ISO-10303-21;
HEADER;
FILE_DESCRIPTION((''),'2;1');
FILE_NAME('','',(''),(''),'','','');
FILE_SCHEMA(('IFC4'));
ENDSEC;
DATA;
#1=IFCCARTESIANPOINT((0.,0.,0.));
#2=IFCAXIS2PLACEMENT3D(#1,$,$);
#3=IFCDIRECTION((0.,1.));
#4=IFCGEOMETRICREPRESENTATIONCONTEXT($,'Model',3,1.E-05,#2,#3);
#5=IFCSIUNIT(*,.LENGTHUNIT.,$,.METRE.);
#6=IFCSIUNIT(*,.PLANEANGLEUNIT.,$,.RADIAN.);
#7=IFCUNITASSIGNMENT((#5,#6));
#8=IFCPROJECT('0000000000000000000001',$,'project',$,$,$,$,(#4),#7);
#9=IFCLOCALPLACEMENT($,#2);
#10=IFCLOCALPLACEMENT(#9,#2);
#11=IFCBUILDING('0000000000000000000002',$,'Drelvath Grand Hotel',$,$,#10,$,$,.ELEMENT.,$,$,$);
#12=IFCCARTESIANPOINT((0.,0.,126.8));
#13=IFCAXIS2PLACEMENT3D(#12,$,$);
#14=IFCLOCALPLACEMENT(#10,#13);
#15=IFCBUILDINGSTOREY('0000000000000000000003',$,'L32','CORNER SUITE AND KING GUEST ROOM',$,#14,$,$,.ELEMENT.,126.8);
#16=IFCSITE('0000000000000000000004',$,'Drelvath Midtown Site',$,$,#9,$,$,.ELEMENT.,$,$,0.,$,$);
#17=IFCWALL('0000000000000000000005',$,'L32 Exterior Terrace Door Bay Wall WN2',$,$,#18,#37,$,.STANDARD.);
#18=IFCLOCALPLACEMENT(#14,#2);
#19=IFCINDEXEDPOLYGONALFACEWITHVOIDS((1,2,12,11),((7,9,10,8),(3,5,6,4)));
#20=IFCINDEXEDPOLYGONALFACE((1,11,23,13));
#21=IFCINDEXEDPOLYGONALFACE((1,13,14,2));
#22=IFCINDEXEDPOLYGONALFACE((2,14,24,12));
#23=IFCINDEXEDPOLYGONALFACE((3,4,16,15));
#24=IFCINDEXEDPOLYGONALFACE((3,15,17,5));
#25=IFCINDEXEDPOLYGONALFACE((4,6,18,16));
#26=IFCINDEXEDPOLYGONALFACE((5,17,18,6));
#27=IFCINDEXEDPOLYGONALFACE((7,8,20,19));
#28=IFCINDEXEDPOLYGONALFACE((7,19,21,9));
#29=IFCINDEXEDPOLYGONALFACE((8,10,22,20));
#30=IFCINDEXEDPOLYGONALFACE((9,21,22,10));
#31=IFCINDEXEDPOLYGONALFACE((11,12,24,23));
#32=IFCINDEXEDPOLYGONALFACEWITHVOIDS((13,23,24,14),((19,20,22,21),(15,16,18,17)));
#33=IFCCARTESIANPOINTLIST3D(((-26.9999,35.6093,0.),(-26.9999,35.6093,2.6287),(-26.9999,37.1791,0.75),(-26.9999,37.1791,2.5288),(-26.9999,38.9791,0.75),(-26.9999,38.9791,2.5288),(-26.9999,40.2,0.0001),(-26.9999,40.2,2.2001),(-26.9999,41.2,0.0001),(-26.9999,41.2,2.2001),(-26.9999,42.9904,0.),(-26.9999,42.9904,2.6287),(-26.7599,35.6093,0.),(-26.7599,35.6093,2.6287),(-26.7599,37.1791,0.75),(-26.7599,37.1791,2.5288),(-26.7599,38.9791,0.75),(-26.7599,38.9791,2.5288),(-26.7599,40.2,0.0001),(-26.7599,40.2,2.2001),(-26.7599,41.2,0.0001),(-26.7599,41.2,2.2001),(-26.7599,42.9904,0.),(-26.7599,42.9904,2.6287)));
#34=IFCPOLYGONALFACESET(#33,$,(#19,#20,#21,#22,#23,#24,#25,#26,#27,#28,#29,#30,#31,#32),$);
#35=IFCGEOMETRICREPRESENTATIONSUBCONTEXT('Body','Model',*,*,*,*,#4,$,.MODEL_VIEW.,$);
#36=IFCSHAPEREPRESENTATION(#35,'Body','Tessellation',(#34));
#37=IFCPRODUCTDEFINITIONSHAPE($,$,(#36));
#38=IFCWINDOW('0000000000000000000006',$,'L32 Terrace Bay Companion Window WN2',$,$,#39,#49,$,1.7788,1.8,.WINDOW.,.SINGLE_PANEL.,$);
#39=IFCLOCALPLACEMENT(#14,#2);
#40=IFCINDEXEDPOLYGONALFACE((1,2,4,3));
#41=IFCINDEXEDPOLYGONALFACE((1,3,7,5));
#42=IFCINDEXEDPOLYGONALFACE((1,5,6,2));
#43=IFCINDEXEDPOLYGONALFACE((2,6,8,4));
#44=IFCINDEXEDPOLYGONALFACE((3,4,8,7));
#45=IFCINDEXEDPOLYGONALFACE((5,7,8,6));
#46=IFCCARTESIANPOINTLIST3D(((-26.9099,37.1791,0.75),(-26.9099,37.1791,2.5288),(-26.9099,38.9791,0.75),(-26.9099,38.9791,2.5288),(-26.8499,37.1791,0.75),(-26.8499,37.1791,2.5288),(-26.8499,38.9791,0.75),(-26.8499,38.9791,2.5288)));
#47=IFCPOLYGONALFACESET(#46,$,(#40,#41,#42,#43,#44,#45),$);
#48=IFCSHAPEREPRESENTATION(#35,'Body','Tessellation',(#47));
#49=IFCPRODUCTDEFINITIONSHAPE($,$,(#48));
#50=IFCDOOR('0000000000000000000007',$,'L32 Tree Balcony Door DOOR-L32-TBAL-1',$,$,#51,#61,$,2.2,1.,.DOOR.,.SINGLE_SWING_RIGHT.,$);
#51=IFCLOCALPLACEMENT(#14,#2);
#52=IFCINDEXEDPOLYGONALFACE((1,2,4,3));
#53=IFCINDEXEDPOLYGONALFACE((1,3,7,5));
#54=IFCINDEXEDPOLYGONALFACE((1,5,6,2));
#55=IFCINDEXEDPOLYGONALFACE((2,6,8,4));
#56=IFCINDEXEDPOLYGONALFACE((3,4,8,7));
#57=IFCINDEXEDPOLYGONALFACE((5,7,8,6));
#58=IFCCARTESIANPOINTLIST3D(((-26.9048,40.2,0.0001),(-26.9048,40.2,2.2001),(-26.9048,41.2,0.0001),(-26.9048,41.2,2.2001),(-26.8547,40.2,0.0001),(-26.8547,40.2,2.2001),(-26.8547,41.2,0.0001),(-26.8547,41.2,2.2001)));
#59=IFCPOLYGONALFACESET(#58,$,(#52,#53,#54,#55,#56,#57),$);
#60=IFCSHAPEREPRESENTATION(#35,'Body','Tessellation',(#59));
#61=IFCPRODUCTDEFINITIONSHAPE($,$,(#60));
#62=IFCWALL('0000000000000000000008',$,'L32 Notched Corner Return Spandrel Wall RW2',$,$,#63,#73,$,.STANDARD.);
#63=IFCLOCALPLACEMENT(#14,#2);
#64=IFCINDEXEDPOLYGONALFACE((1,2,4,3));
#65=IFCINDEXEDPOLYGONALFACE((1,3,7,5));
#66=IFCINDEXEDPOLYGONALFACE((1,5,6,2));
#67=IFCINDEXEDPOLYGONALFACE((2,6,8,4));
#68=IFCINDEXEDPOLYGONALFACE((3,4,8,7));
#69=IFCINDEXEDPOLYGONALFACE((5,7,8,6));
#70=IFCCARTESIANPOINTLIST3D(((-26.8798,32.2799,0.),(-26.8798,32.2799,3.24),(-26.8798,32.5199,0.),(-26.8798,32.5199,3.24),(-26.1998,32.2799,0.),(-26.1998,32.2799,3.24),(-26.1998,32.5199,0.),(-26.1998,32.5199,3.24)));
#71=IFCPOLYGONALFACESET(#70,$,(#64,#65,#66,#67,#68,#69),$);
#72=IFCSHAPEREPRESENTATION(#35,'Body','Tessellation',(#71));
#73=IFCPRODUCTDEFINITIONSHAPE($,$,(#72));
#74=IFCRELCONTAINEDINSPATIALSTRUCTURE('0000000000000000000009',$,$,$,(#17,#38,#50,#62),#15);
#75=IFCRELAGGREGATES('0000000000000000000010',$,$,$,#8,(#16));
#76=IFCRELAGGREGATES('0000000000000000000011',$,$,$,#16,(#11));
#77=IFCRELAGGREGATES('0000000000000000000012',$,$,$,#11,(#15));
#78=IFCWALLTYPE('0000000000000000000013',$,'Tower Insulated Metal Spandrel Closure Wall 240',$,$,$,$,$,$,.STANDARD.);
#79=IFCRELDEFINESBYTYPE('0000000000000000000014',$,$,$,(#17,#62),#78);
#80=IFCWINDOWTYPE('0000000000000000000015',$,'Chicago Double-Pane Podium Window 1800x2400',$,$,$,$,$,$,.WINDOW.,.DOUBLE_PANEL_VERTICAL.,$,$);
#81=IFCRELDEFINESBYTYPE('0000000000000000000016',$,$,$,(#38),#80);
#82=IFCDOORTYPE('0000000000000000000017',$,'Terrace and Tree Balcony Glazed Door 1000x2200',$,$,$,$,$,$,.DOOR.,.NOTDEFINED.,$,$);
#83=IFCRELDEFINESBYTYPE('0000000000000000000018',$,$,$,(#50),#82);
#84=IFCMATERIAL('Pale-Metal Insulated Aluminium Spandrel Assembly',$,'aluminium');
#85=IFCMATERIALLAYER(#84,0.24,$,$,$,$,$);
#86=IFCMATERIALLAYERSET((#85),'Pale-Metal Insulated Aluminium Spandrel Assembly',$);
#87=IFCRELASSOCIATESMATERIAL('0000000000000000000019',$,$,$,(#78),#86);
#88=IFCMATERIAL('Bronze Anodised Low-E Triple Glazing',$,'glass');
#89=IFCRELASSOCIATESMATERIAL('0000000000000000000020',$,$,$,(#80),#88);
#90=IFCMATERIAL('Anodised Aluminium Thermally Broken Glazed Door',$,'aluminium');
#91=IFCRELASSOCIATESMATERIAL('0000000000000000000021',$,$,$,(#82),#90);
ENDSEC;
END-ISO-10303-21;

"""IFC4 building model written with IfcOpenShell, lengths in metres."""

from ifc_helpers import new_model, si_unit, direction, frame, frame_2d, origin, place, context, subcontext, project, spatial, rectangle, extrude, material, layer, layer_set, type_object, element, fill, save


model = new_model("IFC4")

# Units and contexts
model_context = context("Model", 3, precision=1e-05, world=origin(), true_north=direction((0.0, 1.0)))
body_context = subcontext(model_context, "Body", "Model", "MODEL_VIEW")
ifc_project = project(units=[si_unit("LENGTHUNIT", "METRE"), si_unit("PLANEANGLEUNIT", "RADIAN")], contexts=[model_context])

# Site, building, storey
site_placement = place(None, origin())
site = spatial("IfcSite", under=ifc_project, at=site_placement, Name="Drelvath Midtown Site", CompositionType="ELEMENT", RefElevation=0.0)
building_placement = place(site_placement, origin())
building = spatial("IfcBuilding", under=site, at=building_placement, Name="Drelvath Grand Hotel", CompositionType="ELEMENT")
storey_placement = place(building_placement, frame((0.0, 0.0, 126.8)))
storey = spatial("IfcBuildingStorey", under=building, at=storey_placement, Name="L32", Description="CORNER SUITE AND KING GUEST ROOM", CompositionType="ELEMENT", Elevation=126.8)

# Wall, openings, window, door
ifc_material_1 = material(Name="Pale-Metal Insulated Aluminium Spandrel Assembly", Category="aluminium")
ifc_layer_1 = layer(ifc_material_1, 0.24)
ifc_layer_set_1 = layer_set([ifc_layer_1], Name="Pale-Metal Insulated Aluminium Spandrel Assembly")
wall_type_1 = type_object("IfcWallType", Name="Tower Insulated Metal Spandrel Closure Wall 240", PredefinedType="STANDARD", material=ifc_layer_set_1)
wall_1_placement = place(storey_placement, frame((-26.8799, 35.6094, 0.0), z_axis=(0.0, 0.0, 1.0), x_axis=(0.0, 1.0, 0.0)))
wall_1 = element("IfcWall", 1, at=wall_1_placement, inside=storey, type_object=wall_type_1, Name="L32 Exterior Terrace Door Bay Wall WN2", PredefinedType="STANDARD", context=body_context, shape_type="SweptSolid", body=[
    extrude(rectangle(XDim=7.3811, YDim=0.24, at=frame_2d((3.6904, 0.0))), origin(), (0.0, 0.0, 1.0), 2.6287),
])
opening_1_placement = place(wall_1_placement, frame((4.5906, 0.0, 0.0)))
opening_1 = element("IfcOpeningElement", 2, at=opening_1_placement, cuts=wall_1, PredefinedType="OPENING", context=body_context, shape_type="SweptSolid", body=[
    extrude(rectangle(XDim=1.0, YDim=2.2, at=frame_2d((0.5, 1.1001))), frame((0.0, 0.1299, 0.0), z_axis=(0.0, -1.0, 0.0), x_axis=(1.0, 0.0, 0.0)), (0.0, 0.0, 1.0), 0.26),
])
opening_2_placement = place(wall_1_placement, frame((1.5698, 0.0, 0.75)))
opening_2 = element("IfcOpeningElement", 3, at=opening_2_placement, cuts=wall_1, PredefinedType="OPENING", context=body_context, shape_type="SweptSolid", body=[
    extrude(rectangle(XDim=1.8, YDim=1.7788, at=frame_2d((0.8999, 0.8894))), frame((0.0, 0.1299, 0.0), z_axis=(0.0, -1.0, 0.0), x_axis=(1.0, 0.0, 0.0)), (0.0, 0.0, 1.0), 0.26),
])
ifc_material_2 = material(Name="Bronze Anodised Low-E Triple Glazing", Category="glass")
window_type = type_object("IfcWindowType", Name="Chicago Double-Pane Podium Window 1800x2400", PartitioningType="DOUBLE_PANEL_VERTICAL", PredefinedType="WINDOW", material=ifc_material_2)
window_placement = place(opening_2_placement, origin())
window = element("IfcWindow", 4, at=window_placement, inside=storey, type_object=window_type, Name="L32 Terrace Bay Companion Window WN2", OverallHeight=1.7788, OverallWidth=1.8, PartitioningType="SINGLE_PANEL", PredefinedType="WINDOW", context=body_context, shape_type="SweptSolid", body=[
    extrude(rectangle(XDim=1.8, YDim=1.7788, at=frame_2d((0.8999, 0.8894))), frame((0.0, 0.03, 0.0), z_axis=(0.0, -1.0, 0.0), x_axis=(1.0, 0.0, 0.0)), (0.0, 0.0, 1.0), 0.0601),
])
fill(opening_2, window)
ifc_material_3 = material(Name="Anodised Aluminium Thermally Broken Glazed Door", Category="aluminium")
door_type_1 = type_object("IfcDoorType", Name="Terrace and Tree Balcony Glazed Door 1000x2200", OperationType="NOTDEFINED", PredefinedType="DOOR", material=ifc_material_3)
door_1_placement = place(opening_1_placement, origin())
door_1 = element("IfcDoor", 5, at=door_1_placement, inside=storey, type_object=door_type_1, Name="L32 Tree Balcony Door DOOR-L32-TBAL-1", OperationType="SINGLE_SWING_RIGHT", OverallHeight=2.2, OverallWidth=1.0, PredefinedType="DOOR", context=body_context, shape_type="SweptSolid", body=[
    extrude(rectangle(XDim=1.0, YDim=2.2, at=frame_2d((0.5, 1.1001))), frame((0.0, 0.0249, 0.0), z_axis=(0.0, -1.0, 0.0), x_axis=(1.0, 0.0, 0.0)), (0.0, 0.0, 1.0), 0.05),
])
fill(opening_1, door_1)

# Wall
wall_2_placement = place(storey_placement, frame((-26.2, 32.3999, 0.0), z_axis=(0.0, 0.0, 1.0), x_axis=(-1.0, 0.0, 0.0)))
element("IfcWall", 6, at=wall_2_placement, inside=storey, type_object=wall_type_1, Name="L32 Notched Corner Return Spandrel Wall RW2", PredefinedType="STANDARD", context=body_context, shape_type="SweptSolid", body=[
    extrude(rectangle(XDim=0.6799, YDim=0.24, at=frame_2d((0.3398, 0.0))), origin(), (0.0, 0.0, 1.0), 3.24),
])

save(model, "model.ifc")
